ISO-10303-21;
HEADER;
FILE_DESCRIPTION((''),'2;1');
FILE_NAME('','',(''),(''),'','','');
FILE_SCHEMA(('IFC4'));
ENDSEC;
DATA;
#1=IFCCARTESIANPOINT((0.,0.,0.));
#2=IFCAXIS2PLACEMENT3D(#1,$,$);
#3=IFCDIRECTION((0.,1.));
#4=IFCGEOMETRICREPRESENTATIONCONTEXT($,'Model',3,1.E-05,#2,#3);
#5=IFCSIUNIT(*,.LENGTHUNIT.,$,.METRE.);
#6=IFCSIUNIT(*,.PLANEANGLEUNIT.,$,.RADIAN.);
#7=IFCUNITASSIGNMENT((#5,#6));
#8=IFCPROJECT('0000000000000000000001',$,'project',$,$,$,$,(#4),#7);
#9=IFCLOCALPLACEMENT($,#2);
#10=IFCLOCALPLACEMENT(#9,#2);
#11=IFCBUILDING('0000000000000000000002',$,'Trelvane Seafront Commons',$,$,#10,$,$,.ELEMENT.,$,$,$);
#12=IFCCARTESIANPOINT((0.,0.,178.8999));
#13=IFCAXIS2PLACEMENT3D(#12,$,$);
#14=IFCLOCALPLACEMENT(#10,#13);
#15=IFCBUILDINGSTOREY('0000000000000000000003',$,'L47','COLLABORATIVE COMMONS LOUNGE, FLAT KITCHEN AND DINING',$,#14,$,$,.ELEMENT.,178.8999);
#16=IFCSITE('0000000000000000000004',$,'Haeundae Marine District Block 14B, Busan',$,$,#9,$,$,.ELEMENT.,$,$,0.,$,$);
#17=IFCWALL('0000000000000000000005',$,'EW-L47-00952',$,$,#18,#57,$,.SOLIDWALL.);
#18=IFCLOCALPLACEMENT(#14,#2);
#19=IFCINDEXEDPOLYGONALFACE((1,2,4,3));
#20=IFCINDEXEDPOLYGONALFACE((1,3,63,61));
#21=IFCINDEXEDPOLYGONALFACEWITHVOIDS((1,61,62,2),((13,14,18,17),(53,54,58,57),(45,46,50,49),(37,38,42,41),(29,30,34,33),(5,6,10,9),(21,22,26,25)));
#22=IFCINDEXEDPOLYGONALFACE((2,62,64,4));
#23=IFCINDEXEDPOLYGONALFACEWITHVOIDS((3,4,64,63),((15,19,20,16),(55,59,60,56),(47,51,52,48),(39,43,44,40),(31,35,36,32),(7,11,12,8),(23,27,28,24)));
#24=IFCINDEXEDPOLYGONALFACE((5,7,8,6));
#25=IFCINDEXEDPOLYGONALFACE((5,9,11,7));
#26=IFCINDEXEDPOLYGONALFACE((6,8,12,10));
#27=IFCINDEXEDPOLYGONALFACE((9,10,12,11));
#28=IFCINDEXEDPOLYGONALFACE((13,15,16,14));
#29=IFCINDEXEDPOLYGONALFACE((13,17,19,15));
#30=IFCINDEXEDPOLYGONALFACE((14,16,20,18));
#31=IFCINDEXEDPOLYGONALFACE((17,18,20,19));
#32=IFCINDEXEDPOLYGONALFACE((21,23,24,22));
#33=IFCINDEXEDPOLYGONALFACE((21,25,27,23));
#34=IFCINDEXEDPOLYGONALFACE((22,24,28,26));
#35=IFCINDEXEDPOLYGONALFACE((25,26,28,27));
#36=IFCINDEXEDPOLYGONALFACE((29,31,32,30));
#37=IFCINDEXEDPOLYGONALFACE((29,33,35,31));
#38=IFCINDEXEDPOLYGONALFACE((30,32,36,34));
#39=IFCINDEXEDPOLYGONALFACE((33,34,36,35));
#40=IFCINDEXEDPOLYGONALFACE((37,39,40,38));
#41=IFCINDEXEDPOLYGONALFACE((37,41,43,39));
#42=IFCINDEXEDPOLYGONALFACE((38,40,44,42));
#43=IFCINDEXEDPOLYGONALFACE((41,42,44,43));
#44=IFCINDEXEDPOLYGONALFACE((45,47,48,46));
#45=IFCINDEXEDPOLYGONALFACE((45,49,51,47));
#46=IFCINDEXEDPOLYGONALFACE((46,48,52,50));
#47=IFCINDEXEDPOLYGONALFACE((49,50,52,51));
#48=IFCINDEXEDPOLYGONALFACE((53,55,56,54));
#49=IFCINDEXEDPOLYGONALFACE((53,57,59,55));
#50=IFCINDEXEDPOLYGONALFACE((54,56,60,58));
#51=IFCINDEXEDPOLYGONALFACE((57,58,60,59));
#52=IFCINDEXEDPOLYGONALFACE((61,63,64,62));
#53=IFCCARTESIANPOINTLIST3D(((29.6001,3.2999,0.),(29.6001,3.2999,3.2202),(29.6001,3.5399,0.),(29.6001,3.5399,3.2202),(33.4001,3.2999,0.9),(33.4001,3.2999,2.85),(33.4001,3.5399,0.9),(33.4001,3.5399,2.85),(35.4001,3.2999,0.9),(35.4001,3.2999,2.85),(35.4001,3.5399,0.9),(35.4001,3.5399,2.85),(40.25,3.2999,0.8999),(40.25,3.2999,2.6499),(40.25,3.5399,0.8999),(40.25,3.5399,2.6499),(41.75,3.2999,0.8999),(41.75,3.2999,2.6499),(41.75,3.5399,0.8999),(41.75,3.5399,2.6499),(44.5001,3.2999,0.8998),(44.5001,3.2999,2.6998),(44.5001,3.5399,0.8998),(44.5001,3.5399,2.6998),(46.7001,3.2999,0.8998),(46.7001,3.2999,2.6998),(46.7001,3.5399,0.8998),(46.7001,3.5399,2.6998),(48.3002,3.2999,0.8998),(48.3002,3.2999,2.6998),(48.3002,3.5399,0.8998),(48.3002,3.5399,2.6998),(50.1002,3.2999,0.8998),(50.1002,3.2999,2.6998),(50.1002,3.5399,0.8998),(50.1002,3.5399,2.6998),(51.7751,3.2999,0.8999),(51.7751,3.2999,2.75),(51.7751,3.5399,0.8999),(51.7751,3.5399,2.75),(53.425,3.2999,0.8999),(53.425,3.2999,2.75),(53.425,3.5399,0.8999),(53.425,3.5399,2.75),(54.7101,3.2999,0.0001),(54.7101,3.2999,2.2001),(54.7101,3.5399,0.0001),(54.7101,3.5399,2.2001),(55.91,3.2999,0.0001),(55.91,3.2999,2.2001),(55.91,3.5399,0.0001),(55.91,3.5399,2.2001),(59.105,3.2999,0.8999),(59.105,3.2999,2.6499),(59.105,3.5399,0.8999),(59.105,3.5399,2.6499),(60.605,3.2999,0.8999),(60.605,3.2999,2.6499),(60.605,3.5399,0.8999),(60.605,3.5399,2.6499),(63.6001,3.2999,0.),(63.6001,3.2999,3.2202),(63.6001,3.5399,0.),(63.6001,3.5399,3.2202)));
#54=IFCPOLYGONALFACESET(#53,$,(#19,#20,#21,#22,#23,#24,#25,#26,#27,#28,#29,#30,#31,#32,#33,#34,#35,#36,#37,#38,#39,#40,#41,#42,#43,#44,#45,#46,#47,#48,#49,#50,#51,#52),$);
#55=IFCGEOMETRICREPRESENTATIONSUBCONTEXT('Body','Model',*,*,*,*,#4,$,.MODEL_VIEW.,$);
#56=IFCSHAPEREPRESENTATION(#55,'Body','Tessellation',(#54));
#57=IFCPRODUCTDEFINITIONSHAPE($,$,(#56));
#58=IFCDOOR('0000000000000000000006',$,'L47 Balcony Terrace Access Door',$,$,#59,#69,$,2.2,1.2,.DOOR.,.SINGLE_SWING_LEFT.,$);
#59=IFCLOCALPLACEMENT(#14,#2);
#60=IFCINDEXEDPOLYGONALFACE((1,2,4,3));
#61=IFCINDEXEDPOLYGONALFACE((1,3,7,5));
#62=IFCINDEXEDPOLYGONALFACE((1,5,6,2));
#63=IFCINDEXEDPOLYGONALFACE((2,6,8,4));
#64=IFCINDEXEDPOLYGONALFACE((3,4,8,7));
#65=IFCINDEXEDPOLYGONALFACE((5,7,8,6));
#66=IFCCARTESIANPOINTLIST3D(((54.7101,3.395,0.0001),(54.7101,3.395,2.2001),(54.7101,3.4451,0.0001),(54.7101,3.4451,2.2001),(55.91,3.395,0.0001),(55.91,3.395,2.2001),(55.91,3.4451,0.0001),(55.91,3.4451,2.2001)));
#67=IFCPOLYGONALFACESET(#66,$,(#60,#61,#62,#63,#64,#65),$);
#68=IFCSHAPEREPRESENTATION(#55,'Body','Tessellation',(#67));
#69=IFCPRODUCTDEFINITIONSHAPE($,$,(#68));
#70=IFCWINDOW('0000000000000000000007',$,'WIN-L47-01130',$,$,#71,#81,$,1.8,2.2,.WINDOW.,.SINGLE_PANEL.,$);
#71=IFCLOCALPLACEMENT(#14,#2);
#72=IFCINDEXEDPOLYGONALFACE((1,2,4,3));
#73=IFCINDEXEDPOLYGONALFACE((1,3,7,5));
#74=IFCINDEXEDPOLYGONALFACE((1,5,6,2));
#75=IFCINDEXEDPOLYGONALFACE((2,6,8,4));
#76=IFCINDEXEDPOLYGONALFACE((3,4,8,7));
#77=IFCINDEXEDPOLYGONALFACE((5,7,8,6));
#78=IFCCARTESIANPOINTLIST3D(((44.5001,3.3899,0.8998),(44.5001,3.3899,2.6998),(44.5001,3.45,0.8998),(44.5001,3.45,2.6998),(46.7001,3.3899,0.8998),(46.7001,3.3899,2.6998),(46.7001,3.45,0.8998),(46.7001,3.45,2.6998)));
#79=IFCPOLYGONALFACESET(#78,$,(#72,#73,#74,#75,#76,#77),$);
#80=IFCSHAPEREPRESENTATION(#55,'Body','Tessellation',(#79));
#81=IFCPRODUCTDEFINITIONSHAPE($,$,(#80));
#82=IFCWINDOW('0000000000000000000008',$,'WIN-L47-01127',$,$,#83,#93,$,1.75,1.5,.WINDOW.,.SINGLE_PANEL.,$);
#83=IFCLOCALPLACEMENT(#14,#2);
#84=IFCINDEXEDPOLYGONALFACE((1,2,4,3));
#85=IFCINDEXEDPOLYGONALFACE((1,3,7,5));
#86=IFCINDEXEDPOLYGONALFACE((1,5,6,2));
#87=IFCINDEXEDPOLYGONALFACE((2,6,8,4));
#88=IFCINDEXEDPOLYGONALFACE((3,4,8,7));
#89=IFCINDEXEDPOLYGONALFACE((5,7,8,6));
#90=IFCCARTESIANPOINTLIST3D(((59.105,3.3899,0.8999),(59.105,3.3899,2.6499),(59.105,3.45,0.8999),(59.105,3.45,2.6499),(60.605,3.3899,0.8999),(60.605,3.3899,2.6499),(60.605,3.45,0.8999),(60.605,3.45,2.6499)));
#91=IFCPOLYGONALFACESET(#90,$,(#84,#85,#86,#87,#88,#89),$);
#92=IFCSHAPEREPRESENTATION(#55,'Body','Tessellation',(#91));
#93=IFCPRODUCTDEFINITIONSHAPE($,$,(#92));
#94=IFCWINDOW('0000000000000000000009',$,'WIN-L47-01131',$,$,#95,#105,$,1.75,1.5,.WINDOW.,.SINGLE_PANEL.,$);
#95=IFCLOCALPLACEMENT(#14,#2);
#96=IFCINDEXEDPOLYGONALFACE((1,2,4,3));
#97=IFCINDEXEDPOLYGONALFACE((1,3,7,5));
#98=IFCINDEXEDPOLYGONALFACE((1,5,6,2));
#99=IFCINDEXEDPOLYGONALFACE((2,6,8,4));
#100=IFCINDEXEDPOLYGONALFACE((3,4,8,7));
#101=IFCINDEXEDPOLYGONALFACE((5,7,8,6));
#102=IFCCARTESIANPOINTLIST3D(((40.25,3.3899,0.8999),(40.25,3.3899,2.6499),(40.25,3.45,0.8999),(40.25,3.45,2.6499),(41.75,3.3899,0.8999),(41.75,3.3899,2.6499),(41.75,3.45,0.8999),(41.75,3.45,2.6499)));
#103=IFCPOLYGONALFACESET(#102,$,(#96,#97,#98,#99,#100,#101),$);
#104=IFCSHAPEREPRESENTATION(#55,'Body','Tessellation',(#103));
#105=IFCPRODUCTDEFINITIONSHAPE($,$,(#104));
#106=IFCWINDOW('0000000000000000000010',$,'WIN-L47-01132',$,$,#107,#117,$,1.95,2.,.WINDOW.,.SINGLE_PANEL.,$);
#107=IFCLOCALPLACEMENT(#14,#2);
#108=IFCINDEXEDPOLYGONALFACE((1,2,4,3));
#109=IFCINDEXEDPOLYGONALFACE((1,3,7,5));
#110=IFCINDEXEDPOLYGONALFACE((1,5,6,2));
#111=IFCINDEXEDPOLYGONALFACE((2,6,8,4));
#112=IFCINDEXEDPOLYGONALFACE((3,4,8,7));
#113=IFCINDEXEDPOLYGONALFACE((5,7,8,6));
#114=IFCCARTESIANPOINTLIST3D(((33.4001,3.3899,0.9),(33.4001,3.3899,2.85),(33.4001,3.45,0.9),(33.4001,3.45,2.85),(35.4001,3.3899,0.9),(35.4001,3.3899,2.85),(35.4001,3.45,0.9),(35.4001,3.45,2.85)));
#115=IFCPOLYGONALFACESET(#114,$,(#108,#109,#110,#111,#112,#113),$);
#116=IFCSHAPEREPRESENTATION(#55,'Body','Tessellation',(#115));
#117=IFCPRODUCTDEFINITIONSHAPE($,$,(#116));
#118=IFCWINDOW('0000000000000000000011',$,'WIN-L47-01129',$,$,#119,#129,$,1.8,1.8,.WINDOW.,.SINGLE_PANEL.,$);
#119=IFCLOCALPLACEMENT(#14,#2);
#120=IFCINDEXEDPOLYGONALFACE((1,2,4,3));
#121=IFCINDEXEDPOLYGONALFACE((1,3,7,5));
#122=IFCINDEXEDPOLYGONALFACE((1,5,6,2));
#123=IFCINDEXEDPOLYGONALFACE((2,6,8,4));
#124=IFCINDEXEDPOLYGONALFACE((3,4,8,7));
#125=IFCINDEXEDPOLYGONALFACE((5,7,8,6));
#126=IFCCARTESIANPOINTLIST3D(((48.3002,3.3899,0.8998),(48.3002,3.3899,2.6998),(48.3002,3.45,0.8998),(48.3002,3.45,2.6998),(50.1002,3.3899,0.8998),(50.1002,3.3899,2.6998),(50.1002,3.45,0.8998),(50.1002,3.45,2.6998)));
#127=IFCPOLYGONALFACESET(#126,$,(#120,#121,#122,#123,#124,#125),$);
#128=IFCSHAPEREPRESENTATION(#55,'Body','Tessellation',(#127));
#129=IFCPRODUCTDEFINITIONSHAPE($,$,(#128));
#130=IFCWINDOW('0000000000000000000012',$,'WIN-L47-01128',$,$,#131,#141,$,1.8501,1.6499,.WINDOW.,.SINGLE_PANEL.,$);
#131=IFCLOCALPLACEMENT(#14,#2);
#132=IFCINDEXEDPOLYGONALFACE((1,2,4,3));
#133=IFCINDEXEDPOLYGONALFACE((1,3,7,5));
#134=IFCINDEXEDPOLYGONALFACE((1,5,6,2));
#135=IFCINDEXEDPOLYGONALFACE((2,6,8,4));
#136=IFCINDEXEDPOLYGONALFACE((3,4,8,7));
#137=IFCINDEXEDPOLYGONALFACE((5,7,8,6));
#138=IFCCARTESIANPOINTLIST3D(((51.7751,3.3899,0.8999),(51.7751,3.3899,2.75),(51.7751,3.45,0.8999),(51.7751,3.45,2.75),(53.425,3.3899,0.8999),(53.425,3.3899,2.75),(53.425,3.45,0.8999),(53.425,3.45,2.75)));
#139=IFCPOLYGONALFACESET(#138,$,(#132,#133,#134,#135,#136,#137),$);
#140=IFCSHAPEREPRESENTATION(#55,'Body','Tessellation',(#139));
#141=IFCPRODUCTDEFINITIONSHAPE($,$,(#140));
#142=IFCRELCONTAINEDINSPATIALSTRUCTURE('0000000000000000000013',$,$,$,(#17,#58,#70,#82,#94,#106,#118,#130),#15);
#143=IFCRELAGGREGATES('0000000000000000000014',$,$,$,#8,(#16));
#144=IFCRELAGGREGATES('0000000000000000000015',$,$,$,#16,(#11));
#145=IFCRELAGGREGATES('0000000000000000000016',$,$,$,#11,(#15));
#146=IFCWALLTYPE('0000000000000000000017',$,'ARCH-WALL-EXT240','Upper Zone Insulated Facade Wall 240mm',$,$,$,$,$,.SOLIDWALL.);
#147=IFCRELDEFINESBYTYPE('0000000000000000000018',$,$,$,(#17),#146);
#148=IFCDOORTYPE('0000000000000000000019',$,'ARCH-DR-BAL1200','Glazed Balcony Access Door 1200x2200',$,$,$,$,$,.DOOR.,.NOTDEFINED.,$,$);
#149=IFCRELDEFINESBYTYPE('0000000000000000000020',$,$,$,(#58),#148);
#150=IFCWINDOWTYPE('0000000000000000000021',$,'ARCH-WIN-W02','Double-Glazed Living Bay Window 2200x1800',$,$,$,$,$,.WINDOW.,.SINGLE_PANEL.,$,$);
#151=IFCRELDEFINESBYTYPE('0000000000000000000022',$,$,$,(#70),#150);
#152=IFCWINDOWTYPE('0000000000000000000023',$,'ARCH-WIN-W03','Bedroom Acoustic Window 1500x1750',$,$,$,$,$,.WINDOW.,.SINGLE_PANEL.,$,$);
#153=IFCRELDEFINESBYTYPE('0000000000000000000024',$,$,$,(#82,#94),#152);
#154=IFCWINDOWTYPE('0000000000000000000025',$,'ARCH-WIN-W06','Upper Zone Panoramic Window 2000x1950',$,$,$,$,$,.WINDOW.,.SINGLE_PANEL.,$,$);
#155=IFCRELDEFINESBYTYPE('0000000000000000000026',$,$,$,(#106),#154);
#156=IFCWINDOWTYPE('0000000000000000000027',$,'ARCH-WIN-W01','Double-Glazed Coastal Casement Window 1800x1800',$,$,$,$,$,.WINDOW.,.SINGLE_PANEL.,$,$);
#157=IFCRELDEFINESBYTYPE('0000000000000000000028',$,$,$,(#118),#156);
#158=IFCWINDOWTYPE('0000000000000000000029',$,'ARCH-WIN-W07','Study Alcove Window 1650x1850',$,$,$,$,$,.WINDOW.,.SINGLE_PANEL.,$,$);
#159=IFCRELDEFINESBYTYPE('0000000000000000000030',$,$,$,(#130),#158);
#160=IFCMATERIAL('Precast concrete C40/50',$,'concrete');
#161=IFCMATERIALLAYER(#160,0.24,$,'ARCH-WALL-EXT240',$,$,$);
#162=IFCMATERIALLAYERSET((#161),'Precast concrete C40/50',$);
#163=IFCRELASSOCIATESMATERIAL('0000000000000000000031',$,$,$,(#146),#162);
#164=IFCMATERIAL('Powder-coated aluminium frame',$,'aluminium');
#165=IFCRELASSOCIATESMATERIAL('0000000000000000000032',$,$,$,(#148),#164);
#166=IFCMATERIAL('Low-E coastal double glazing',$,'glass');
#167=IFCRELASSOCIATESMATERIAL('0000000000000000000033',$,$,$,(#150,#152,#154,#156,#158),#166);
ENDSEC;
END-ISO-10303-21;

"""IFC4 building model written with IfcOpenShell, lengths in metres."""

from ifc_helpers import new_model, si_unit, direction, frame, frame_2d, origin, place, context, subcontext, project, spatial, rectangle, extrude, source, transform, mapped, material, layer, layer_set, type_object, element, fill, save


model = new_model("IFC4")

# Units and contexts
model_context = context("Model", 3, precision=1e-05, world=origin(), true_north=direction((0.0, 1.0)))
body_context = subcontext(model_context, "Body", "Model", "MODEL_VIEW")
ifc_project = project(units=[si_unit("LENGTHUNIT", "METRE"), si_unit("PLANEANGLEUNIT", "RADIAN")], contexts=[model_context])

# Site, building, storey
site_placement = place(None, origin())
site = spatial("IfcSite", under=ifc_project, at=site_placement, Name="Haeundae Marine District Block 14B, Busan", CompositionType="ELEMENT", RefElevation=0.0)
building_placement = place(site_placement, origin())
building = spatial("IfcBuilding", under=site, at=building_placement, Name="Trelvane Seafront Commons", CompositionType="ELEMENT")
storey_placement = place(building_placement, frame((0.0, 0.0, 178.8999)))
storey = spatial("IfcBuildingStorey", under=building, at=storey_placement, Name="L47", Description="COLLABORATIVE COMMONS LOUNGE, FLAT KITCHEN AND DINING", CompositionType="ELEMENT", Elevation=178.8999)

# Shared definitions
ifc_material_1 = material(Name="Precast concrete C40/50", Category="concrete")
ifc_layer_1 = layer(ifc_material_1, 0.24, Name="ARCH-WALL-EXT240")
ifc_layer_set_1 = layer_set([ifc_layer_1], Name="Precast concrete C40/50")
wall_type_1 = type_object("IfcWallType", Name="ARCH-WALL-EXT240", Description="Upper Zone Insulated Facade Wall 240mm", PredefinedType="SOLIDWALL", material=ifc_layer_set_1)

# Wall, openings, door, windows
wall_1_placement = place(storey_placement, frame((63.6001, 3.4199, 0.0), z_axis=(0.0, 0.0, 1.0), x_axis=(-1.0, 0.0, 0.0)))
wall_1 = element("IfcWall", 1, at=wall_1_placement, inside=storey, type_object=wall_type_1, Name="EW-L47-00952", PredefinedType="SOLIDWALL", context=body_context, shape_type="SweptSolid", body=[
    extrude(rectangle(XDim=34.0, YDim=0.24, at=frame_2d((17.0, 0.0))), origin(), (0.0, 0.0, 1.0), 3.2202),
])
opening_1_placement = place(wall_1_placement, frame((2.9951, 0.0, 0.8999)))
opening_1 = element("IfcOpeningElement", 2, at=opening_1_placement, cuts=wall_1, PredefinedType="OPENING", context=body_context, shape_type="SweptSolid", body=[
    extrude(rectangle(XDim=1.5, YDim=1.75, at=frame_2d((0.75, 0.875))), frame((0.0, 0.1299, 0.0), z_axis=(0.0, -1.0, 0.0), x_axis=(1.0, 0.0, 0.0)), (0.0, 0.0, 1.0), 0.26),
])
opening_2_placement = place(wall_1_placement, frame((7.6899, 0.0, 0.0)))
opening_2 = element("IfcOpeningElement", 3, at=opening_2_placement, cuts=wall_1, PredefinedType="OPENING", context=body_context, shape_type="SweptSolid", body=[
    extrude(rectangle(XDim=1.2, YDim=2.2, at=frame_2d((0.6001, 1.1001))), frame((0.0, 0.1299, 0.0), z_axis=(0.0, -1.0, 0.0), x_axis=(1.0, 0.0, 0.0)), (0.0, 0.0, 1.0), 0.26),
])
opening_3_placement = place(wall_1_placement, frame((10.175, 0.0, 0.8999)))
opening_3 = element("IfcOpeningElement", 4, at=opening_3_placement, cuts=wall_1, PredefinedType="OPENING", context=body_context, shape_type="SweptSolid", body=[
    extrude(rectangle(XDim=1.6499, YDim=1.8501, at=frame_2d((0.825, 0.925))), frame((0.0, 0.1299, 0.0), z_axis=(0.0, -1.0, 0.0), x_axis=(1.0, 0.0, 0.0)), (0.0, 0.0, 1.0), 0.26),
])
opening_4_placement = place(wall_1_placement, frame((13.5, 0.0, 0.8999)))
opening_4 = element("IfcOpeningElement", 5, at=opening_4_placement, cuts=wall_1, PredefinedType="OPENING", context=body_context, shape_type="SweptSolid", body=[
    extrude(rectangle(XDim=1.8, YDim=1.8, at=frame_2d((0.8999, 0.8999))), frame((0.0, 0.1299, 0.0), z_axis=(0.0, -1.0, 0.0), x_axis=(1.0, 0.0, 0.0)), (0.0, 0.0, 1.0), 0.26),
])
opening_5_placement = place(wall_1_placement, frame((16.8999, 0.0, 0.8999)))
opening_5 = element("IfcOpeningElement", 6, at=opening_5_placement, cuts=wall_1, PredefinedType="OPENING", context=body_context, shape_type="SweptSolid", body=[
    extrude(rectangle(XDim=2.2, YDim=1.8, at=frame_2d((1.1001, 0.8999))), frame((0.0, 0.1299, 0.0), z_axis=(0.0, -1.0, 0.0), x_axis=(1.0, 0.0, 0.0)), (0.0, 0.0, 1.0), 0.26),
])
opening_6_placement = place(wall_1_placement, frame((21.8501, 0.0, 0.8999)))
opening_6 = element("IfcOpeningElement", 7, at=opening_6_placement, cuts=wall_1, PredefinedType="OPENING", context=body_context, shape_type="SweptSolid", body=[
    extrude(rectangle(XDim=1.5, YDim=1.75, at=frame_2d((0.75, 0.875))), frame((0.0, 0.1299, 0.0), z_axis=(0.0, -1.0, 0.0), x_axis=(1.0, 0.0, 0.0)), (0.0, 0.0, 1.0), 0.26),
])
opening_7_placement = place(wall_1_placement, frame((28.2, 0.0, 0.8999)))
opening_7 = element("IfcOpeningElement", 8, at=opening_7_placement, cuts=wall_1, PredefinedType="OPENING", context=body_context, shape_type="SweptSolid", body=[
    extrude(rectangle(XDim=2.0, YDim=1.95, at=frame_2d((1.0, 0.9751))), frame((0.0, 0.1299, 0.0), z_axis=(0.0, -1.0, 0.0), x_axis=(1.0, 0.0, 0.0)), (0.0, 0.0, 1.0), 0.26),
])
ifc_material_2 = material(Name="Powder-coated aluminium frame", Category="aluminium")
door_type_1 = type_object("IfcDoorType", Name="ARCH-DR-BAL1200", Description="Glazed Balcony Access Door 1200x2200", OperationType="NOTDEFINED", PredefinedType="DOOR", material=ifc_material_2)
shared_shape_1 = source(origin(), body_context, "Body", "SweptSolid", [
    extrude(rectangle(XDim=1.2, YDim=2.2, at=frame_2d((0.6001, 1.1001))), frame((0.0, 0.0249, 0.0), z_axis=(0.0, -1.0, 0.0), x_axis=(1.0, 0.0, 0.0)), (0.0, 0.0, 1.0), 0.05),
])
door_1_placement = place(opening_2_placement, origin())
door_1 = element("IfcDoor", 9, at=door_1_placement, inside=storey, type_object=door_type_1, Name="L47 Balcony Terrace Access Door", OperationType="SINGLE_SWING_LEFT", OverallHeight=2.2, OverallWidth=1.2, PredefinedType="DOOR", context=body_context, shape_type="MappedRepresentation", body=[
    mapped(shared_shape_1, transform((0.0, 0.0, 0.0), x_axis=(1.0, 0.0, 0.0), y_axis=(0.0, 1.0, 0.0), z_axis=(0.0, 0.0, 1.0), scale=1.0)),
])
fill(opening_2, door_1)
ifc_material_3 = material(Name="Low-E coastal double glazing", Category="glass")
window_type_1 = type_object("IfcWindowType", Name="ARCH-WIN-W02", Description="Double-Glazed Living Bay Window 2200x1800", PartitioningType="SINGLE_PANEL", PredefinedType="WINDOW", material=ifc_material_3)
shared_shape_2 = source(origin(), body_context, "Body", "SweptSolid", [
    extrude(rectangle(XDim=2.2, YDim=1.8, at=frame_2d((1.1001, 0.8999))), frame((0.0, 0.03, 0.0), z_axis=(0.0, -1.0, 0.0), x_axis=(1.0, 0.0, 0.0)), (0.0, 0.0, 1.0), 0.0601),
])
window_1_placement = place(opening_5_placement, origin())
window_1 = element("IfcWindow", 10, at=window_1_placement, inside=storey, type_object=window_type_1, Name="WIN-L47-01130", OverallHeight=1.8, OverallWidth=2.2, PartitioningType="SINGLE_PANEL", PredefinedType="WINDOW", context=body_context, shape_type="MappedRepresentation", body=[
    mapped(shared_shape_2, transform((0.0, 0.0, 0.0), x_axis=(1.0, 0.0, 0.0), y_axis=(0.0, 1.0, 0.0), z_axis=(0.0, 0.0, 1.0), scale=1.0)),
])
fill(opening_5, window_1)
window_type_2 = type_object("IfcWindowType", Name="ARCH-WIN-W03", Description="Bedroom Acoustic Window 1500x1750", PartitioningType="SINGLE_PANEL", PredefinedType="WINDOW", material=ifc_material_3)
shared_shape_3 = source(origin(), body_context, "Body", "SweptSolid", [
    extrude(rectangle(XDim=1.5, YDim=1.75, at=frame_2d((0.75, 0.875))), frame((0.0, 0.03, 0.0), z_axis=(0.0, -1.0, 0.0), x_axis=(1.0, 0.0, 0.0)), (0.0, 0.0, 1.0), 0.0601),
])
window_2_placement = place(opening_1_placement, origin())
window_2 = element("IfcWindow", 11, at=window_2_placement, inside=storey, type_object=window_type_2, Name="WIN-L47-01127", OverallHeight=1.75, OverallWidth=1.5, PartitioningType="SINGLE_PANEL", PredefinedType="WINDOW", context=body_context, shape_type="MappedRepresentation", body=[
    mapped(shared_shape_3, transform((0.0, 0.0, 0.0), x_axis=(1.0, 0.0, 0.0), y_axis=(0.0, 1.0, 0.0), z_axis=(0.0, 0.0, 1.0), scale=1.0)),
])
fill(opening_1, window_2)
window_3_placement = place(opening_6_placement, origin())
window_3 = element("IfcWindow", 12, at=window_3_placement, inside=storey, type_object=window_type_2, Name="WIN-L47-01131", OverallHeight=1.75, OverallWidth=1.5, PartitioningType="SINGLE_PANEL", PredefinedType="WINDOW", context=body_context, shape_type="MappedRepresentation", body=[
    mapped(shared_shape_3, transform((0.0, 0.0, 0.0), x_axis=(1.0, 0.0, 0.0), y_axis=(0.0, 1.0, 0.0), z_axis=(0.0, 0.0, 1.0), scale=1.0)),
])
fill(opening_6, window_3)
window_type_3 = type_object("IfcWindowType", Name="ARCH-WIN-W06", Description="Upper Zone Panoramic Window 2000x1950", PartitioningType="SINGLE_PANEL", PredefinedType="WINDOW", material=ifc_material_3)
shared_shape_4 = source(origin(), body_context, "Body", "SweptSolid", [
    extrude(rectangle(XDim=2.0, YDim=1.95, at=frame_2d((1.0, 0.9751))), frame((0.0, 0.03, 0.0), z_axis=(0.0, -1.0, 0.0), x_axis=(1.0, 0.0, 0.0)), (0.0, 0.0, 1.0), 0.0601),
])
window_4_placement = place(opening_7_placement, origin())
window_4 = element("IfcWindow", 13, at=window_4_placement, inside=storey, type_object=window_type_3, Name="WIN-L47-01132", OverallHeight=1.95, OverallWidth=2.0, PartitioningType="SINGLE_PANEL", PredefinedType="WINDOW", context=body_context, shape_type="MappedRepresentation", body=[
    mapped(shared_shape_4, transform((0.0, 0.0, 0.0), x_axis=(1.0, 0.0, 0.0), y_axis=(0.0, 1.0, 0.0), z_axis=(0.0, 0.0, 1.0), scale=1.0)),
])
fill(opening_7, window_4)
window_type_4 = type_object("IfcWindowType", Name="ARCH-WIN-W01", Description="Double-Glazed Coastal Casement Window 1800x1800", PartitioningType="SINGLE_PANEL", PredefinedType="WINDOW", material=ifc_material_3)
shared_shape_5 = source(origin(), body_context, "Body", "SweptSolid", [
    extrude(rectangle(XDim=1.8, YDim=1.8, at=frame_2d((0.8999, 0.8999))), frame((0.0, 0.03, 0.0), z_axis=(0.0, -1.0, 0.0), x_axis=(1.0, 0.0, 0.0)), (0.0, 0.0, 1.0), 0.0601),
])
window_5_placement = place(opening_4_placement, origin())
window_5 = element("IfcWindow", 14, at=window_5_placement, inside=storey, type_object=window_type_4, Name="WIN-L47-01129", OverallHeight=1.8, OverallWidth=1.8, PartitioningType="SINGLE_PANEL", PredefinedType="WINDOW", context=body_context, shape_type="MappedRepresentation", body=[
    mapped(shared_shape_5, transform((0.0, 0.0, 0.0), x_axis=(1.0, 0.0, 0.0), y_axis=(0.0, 1.0, 0.0), z_axis=(0.0, 0.0, 1.0), scale=1.0)),
])
fill(opening_4, window_5)
window_type_5 = type_object("IfcWindowType", Name="ARCH-WIN-W07", Description="Study Alcove Window 1650x1850", PartitioningType="SINGLE_PANEL", PredefinedType="WINDOW", material=ifc_material_3)
shared_shape_6 = source(origin(), body_context, "Body", "SweptSolid", [
    extrude(rectangle(XDim=1.6499, YDim=1.8501, at=frame_2d((0.825, 0.925))), frame((0.0, 0.03, 0.0), z_axis=(0.0, -1.0, 0.0), x_axis=(1.0, 0.0, 0.0)), (0.0, 0.0, 1.0), 0.0601),
])
window_6_placement = place(opening_3_placement, origin())
window_6 = element("IfcWindow", 15, at=window_6_placement, inside=storey, type_object=window_type_5, Name="WIN-L47-01128", OverallHeight=1.8501, OverallWidth=1.6499, PartitioningType="SINGLE_PANEL", PredefinedType="WINDOW", context=body_context, shape_type="MappedRepresentation", body=[
    mapped(shared_shape_6, transform((0.0, 0.0, 0.0), x_axis=(1.0, 0.0, 0.0), y_axis=(0.0, 1.0, 0.0), z_axis=(0.0, 0.0, 1.0), scale=1.0)),
])
fill(opening_3, window_6)

save(model, "model.ifc")
